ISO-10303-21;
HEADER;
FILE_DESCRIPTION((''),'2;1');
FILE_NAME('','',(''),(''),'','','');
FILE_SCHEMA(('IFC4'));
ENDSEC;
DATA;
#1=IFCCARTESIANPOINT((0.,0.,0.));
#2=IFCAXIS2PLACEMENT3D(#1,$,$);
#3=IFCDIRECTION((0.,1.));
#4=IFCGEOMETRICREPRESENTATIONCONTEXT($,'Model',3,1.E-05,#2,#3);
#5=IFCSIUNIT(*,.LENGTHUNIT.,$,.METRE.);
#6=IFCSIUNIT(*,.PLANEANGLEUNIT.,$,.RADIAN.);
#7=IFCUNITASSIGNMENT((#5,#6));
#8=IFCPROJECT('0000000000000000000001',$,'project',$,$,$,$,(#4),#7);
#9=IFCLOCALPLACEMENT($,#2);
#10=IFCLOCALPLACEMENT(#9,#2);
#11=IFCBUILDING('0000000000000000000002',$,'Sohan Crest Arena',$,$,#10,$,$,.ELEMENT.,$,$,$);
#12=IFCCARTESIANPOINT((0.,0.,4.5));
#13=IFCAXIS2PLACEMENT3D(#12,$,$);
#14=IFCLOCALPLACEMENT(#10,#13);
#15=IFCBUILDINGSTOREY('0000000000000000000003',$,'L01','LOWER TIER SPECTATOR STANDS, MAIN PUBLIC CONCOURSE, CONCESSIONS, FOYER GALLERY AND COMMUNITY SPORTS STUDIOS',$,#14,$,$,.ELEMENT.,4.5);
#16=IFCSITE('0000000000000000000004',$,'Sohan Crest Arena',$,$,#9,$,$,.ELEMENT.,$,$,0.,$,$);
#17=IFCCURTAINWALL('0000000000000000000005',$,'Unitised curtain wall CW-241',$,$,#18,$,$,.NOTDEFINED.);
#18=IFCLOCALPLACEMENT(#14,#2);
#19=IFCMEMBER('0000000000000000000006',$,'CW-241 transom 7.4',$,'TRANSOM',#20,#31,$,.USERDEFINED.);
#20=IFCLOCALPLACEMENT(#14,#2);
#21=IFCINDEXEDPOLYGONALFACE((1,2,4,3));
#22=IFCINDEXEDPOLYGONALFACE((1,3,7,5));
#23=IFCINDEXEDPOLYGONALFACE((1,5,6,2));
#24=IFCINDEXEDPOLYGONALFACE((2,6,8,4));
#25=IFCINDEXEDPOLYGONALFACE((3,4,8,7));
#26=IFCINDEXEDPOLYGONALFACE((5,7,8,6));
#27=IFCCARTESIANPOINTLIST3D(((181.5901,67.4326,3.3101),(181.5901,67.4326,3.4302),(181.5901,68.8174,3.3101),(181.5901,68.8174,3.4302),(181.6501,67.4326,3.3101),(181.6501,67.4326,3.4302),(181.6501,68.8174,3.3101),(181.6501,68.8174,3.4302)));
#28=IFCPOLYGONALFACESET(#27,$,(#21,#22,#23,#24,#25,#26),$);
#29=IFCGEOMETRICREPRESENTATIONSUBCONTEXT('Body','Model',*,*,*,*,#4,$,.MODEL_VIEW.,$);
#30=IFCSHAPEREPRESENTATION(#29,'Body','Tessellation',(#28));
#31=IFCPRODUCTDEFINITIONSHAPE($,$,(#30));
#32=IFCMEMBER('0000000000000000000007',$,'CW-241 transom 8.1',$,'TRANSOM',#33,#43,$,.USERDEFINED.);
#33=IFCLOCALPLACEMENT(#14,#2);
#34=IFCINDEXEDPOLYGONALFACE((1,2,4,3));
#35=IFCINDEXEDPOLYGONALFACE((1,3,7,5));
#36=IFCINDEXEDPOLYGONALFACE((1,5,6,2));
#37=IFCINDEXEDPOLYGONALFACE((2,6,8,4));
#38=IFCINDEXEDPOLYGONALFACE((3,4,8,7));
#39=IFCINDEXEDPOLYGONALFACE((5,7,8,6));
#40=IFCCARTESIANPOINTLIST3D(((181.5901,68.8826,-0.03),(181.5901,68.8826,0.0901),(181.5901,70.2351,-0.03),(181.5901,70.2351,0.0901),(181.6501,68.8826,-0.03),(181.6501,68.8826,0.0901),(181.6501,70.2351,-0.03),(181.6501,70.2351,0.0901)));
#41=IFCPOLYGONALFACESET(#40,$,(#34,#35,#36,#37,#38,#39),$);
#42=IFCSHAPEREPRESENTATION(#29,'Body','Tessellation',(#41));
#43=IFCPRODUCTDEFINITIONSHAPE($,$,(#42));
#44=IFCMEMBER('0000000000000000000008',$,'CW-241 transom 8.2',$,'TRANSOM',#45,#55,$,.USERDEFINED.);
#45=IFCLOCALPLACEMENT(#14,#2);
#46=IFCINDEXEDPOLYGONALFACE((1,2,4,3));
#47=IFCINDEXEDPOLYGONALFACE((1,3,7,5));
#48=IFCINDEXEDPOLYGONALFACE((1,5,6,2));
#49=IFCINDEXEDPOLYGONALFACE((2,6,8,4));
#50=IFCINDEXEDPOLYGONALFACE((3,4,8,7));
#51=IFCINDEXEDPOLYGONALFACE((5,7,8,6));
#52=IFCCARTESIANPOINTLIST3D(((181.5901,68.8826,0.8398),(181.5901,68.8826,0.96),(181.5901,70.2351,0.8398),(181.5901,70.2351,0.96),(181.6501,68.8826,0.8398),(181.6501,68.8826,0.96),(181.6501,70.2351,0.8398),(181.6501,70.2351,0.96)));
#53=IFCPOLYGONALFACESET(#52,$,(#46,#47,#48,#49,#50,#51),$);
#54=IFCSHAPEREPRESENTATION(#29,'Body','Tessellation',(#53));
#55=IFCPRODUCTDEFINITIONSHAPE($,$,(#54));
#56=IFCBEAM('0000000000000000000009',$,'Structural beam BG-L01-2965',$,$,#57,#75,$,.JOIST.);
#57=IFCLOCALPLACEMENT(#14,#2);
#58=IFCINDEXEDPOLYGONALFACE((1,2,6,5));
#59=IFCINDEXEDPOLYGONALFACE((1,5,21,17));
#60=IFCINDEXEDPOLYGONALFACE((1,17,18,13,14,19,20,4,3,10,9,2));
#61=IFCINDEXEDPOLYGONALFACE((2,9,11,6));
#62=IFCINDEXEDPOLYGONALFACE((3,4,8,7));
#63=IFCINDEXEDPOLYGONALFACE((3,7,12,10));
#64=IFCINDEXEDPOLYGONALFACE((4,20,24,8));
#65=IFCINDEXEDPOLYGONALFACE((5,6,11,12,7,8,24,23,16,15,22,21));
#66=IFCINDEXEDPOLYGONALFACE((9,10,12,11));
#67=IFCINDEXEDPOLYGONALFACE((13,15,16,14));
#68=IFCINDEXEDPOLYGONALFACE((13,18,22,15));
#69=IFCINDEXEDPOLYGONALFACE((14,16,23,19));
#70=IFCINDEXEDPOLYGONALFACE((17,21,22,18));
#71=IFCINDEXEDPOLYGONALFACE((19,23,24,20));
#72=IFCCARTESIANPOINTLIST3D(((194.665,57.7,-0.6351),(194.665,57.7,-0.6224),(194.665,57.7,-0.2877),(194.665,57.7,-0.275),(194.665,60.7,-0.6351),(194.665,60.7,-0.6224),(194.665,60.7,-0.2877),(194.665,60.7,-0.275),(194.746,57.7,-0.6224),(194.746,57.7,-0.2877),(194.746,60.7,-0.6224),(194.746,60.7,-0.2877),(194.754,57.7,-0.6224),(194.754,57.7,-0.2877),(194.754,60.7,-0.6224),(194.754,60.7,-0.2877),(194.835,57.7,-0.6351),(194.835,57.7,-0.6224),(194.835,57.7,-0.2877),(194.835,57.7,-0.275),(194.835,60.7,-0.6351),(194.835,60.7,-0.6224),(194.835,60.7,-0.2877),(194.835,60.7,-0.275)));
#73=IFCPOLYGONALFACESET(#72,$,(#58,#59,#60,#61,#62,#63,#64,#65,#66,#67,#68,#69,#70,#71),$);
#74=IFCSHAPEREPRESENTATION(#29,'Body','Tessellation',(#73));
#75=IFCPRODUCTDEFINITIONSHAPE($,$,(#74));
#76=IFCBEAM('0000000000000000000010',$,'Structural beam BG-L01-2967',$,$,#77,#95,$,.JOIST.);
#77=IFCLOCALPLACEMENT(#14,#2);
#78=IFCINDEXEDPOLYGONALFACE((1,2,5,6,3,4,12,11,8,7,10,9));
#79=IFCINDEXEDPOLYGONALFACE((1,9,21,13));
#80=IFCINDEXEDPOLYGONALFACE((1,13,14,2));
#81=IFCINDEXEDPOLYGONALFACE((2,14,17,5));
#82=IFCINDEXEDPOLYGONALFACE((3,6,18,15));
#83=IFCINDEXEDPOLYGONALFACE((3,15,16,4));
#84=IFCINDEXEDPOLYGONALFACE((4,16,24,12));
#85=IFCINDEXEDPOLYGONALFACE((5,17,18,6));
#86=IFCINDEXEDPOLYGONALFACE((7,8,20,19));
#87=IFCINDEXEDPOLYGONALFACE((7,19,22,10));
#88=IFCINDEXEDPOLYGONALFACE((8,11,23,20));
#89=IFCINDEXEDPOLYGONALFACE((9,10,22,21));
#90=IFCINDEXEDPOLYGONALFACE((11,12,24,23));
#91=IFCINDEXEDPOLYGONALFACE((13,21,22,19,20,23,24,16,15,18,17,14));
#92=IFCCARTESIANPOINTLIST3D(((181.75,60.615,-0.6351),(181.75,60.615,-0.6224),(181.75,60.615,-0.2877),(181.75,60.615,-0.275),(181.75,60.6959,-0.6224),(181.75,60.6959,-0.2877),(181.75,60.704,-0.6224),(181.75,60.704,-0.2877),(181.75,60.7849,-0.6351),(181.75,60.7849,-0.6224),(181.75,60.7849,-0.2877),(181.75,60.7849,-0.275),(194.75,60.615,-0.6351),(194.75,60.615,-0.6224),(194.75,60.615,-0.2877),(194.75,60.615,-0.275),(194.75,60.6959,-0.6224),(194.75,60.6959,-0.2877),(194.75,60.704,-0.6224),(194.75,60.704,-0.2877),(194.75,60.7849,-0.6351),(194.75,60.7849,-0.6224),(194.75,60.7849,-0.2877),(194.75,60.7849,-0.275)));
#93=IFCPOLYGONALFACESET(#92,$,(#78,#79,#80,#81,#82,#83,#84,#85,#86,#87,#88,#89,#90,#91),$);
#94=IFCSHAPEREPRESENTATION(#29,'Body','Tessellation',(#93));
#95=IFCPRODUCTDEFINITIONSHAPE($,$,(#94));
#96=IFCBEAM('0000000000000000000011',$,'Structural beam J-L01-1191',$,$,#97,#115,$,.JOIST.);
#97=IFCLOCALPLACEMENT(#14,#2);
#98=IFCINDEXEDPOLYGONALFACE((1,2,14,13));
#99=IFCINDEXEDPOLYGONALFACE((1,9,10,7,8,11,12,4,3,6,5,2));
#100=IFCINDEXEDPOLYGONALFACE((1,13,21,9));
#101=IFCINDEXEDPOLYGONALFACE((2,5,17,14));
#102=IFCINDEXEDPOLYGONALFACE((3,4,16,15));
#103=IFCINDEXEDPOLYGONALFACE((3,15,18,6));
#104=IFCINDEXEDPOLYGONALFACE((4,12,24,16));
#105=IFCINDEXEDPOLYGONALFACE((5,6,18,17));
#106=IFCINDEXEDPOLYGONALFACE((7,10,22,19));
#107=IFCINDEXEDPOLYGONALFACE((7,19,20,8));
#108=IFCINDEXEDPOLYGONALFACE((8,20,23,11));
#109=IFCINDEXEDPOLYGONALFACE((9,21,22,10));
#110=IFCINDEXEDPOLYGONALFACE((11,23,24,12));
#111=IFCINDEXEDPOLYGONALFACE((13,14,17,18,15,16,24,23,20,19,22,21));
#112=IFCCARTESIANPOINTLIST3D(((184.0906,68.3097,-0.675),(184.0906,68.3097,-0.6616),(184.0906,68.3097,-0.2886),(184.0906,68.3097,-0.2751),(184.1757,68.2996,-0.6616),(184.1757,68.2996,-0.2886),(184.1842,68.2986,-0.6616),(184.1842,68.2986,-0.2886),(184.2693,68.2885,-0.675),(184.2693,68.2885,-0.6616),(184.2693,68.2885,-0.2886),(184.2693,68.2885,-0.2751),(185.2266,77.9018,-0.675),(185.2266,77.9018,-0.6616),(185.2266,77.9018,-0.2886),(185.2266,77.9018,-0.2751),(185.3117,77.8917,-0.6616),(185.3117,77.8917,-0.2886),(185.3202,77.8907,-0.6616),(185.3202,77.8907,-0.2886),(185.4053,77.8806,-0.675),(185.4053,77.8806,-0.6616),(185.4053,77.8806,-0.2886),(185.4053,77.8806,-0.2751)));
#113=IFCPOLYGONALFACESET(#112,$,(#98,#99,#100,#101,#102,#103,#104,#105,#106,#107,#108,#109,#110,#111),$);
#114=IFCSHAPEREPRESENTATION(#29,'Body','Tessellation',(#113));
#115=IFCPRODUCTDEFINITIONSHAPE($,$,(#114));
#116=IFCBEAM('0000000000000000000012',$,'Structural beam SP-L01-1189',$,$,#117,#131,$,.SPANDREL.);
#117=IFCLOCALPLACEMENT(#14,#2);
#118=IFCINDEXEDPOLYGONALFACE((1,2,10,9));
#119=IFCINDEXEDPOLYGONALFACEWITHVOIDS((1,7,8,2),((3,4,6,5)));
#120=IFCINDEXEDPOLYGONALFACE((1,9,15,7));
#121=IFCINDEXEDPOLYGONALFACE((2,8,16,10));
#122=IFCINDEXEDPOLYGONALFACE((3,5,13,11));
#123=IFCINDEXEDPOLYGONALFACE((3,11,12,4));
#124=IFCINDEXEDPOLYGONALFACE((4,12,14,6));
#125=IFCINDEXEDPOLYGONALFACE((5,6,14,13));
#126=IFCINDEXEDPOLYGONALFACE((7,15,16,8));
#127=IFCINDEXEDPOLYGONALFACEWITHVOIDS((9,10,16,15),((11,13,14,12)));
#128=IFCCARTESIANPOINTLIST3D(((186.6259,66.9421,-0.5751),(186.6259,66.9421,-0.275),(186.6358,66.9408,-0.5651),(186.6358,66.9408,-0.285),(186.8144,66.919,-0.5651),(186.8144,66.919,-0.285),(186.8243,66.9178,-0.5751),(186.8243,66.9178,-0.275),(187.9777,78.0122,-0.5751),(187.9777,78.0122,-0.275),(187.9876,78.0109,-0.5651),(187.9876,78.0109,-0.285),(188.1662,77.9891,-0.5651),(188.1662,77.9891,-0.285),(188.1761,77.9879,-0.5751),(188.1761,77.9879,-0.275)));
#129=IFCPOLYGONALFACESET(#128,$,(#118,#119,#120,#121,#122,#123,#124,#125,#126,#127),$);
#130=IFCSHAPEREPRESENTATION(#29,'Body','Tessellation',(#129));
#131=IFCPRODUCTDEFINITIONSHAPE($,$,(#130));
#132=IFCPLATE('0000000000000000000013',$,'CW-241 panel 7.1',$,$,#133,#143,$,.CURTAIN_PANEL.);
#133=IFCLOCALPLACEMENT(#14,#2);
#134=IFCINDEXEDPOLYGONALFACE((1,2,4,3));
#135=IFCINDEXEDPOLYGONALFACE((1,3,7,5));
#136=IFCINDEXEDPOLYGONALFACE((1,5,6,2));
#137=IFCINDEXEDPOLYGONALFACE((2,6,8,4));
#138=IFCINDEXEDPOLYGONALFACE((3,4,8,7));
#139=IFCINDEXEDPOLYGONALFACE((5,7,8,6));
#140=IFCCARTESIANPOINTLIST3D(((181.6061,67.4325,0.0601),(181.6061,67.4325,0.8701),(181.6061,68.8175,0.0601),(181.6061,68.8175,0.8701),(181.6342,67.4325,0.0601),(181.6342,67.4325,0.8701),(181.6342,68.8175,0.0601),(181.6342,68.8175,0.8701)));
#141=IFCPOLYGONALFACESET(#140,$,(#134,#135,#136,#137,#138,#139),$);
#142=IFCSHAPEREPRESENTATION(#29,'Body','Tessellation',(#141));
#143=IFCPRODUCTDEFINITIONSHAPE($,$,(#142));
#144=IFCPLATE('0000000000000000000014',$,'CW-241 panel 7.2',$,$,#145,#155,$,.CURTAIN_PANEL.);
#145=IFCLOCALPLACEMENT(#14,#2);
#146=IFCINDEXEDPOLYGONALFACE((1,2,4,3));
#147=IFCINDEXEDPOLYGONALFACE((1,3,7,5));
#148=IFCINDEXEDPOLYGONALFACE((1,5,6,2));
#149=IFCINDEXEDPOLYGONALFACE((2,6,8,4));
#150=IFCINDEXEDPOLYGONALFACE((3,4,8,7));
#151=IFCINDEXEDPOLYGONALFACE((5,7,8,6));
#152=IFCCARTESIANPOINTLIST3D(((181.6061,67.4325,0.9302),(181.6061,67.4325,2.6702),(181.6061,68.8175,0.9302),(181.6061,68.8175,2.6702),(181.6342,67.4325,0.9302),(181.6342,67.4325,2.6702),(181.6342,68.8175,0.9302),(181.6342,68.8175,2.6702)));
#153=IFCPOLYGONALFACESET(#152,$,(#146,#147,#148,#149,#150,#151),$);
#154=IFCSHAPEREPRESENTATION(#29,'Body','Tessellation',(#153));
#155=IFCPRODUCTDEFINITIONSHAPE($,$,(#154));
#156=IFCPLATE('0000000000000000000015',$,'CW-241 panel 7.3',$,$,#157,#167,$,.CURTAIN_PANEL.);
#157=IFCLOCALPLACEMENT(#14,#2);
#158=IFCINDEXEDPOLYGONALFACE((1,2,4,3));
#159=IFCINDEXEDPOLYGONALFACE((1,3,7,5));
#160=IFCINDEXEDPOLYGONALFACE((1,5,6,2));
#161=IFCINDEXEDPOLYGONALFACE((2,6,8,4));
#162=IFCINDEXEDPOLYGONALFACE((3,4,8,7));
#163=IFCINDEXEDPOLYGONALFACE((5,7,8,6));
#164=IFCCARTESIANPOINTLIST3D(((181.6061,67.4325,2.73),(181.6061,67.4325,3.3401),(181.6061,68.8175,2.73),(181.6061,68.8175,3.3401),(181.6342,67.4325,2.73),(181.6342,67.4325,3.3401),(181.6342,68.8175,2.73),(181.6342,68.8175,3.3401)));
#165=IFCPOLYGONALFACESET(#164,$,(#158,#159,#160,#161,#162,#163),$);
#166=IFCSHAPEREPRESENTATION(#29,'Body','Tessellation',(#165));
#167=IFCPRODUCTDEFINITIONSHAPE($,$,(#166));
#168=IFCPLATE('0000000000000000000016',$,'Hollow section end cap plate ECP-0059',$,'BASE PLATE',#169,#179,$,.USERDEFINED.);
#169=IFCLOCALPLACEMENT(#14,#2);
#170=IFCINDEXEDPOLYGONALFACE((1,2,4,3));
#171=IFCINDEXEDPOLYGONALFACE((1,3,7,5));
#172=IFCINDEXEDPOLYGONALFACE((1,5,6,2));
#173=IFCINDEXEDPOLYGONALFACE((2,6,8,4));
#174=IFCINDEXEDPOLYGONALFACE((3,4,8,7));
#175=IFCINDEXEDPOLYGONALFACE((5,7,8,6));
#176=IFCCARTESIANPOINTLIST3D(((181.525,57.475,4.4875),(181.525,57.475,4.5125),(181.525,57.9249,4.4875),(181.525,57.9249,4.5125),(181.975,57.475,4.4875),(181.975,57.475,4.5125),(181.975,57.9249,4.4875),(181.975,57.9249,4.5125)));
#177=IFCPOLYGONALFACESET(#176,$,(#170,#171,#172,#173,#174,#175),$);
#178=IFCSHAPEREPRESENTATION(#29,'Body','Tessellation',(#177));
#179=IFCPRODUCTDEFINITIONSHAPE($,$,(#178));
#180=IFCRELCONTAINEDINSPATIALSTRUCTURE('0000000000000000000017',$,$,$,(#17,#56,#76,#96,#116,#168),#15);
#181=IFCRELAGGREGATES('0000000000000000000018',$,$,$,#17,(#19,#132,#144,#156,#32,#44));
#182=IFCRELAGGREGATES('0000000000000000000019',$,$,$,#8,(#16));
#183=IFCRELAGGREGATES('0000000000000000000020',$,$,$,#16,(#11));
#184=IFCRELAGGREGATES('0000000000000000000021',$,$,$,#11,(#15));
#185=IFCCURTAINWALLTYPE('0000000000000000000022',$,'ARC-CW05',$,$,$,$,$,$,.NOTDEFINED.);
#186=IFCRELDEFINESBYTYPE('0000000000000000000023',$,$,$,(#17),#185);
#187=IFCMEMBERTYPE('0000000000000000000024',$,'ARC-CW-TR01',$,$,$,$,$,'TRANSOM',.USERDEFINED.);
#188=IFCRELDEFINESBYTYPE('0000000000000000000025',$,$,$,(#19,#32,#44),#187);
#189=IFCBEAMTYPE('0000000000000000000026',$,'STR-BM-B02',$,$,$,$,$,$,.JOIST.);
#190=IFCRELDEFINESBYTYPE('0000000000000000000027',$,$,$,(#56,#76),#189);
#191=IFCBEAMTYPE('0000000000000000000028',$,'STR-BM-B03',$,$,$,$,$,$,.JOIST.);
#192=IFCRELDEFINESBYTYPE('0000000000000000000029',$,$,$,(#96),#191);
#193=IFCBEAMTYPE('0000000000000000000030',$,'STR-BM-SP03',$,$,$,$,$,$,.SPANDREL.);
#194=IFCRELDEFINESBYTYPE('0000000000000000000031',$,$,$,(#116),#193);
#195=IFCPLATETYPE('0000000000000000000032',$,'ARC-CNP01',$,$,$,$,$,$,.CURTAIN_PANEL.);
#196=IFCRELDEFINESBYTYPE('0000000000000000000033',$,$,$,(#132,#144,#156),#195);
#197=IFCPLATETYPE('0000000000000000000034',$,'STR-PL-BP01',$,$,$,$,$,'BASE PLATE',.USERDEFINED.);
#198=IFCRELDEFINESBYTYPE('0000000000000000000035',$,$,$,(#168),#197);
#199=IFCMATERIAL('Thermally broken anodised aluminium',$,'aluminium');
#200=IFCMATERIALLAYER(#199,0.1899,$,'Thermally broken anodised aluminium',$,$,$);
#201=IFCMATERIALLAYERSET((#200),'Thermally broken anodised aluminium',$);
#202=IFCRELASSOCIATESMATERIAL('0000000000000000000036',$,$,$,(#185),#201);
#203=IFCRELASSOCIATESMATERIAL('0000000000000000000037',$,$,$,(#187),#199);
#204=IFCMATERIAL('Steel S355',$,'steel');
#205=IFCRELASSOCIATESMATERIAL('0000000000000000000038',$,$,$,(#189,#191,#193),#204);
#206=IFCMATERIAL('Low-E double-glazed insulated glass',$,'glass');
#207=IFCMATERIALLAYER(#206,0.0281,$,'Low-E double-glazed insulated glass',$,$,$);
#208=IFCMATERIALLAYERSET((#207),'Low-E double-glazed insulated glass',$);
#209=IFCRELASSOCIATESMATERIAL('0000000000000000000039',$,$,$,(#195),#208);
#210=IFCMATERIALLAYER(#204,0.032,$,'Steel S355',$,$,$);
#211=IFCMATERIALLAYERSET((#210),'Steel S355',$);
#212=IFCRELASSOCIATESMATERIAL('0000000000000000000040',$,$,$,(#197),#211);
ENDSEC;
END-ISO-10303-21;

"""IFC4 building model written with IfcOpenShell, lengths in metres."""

from ifc_helpers import new_model, si_unit, direction, frame, origin, origin_2d, place, context, subcontext, project, spatial, rectangle, hollow_rectangle, i_section, extrude, material, layer, layer_set, material_profile, profile_set, type_object, element, aggregate, save


model = new_model("IFC4")

# Units and contexts
model_context = context("Model", 3, precision=1e-05, world=origin(), true_north=direction((0.0, 1.0)))
body_context = subcontext(model_context, "Body", "Model", "MODEL_VIEW")
ifc_project = project(units=[si_unit("LENGTHUNIT", "METRE"), si_unit("PLANEANGLEUNIT", "RADIAN")], contexts=[model_context])

# Site, building, storey
site_placement = place(None, origin())
site = spatial("IfcSite", under=ifc_project, at=site_placement, Name="Sohan Crest Arena", CompositionType="ELEMENT", RefElevation=0.0)
building_placement = place(site_placement, origin())
building = spatial("IfcBuilding", under=site, at=building_placement, Name="Sohan Crest Arena", CompositionType="ELEMENT")
storey_placement = place(building_placement, frame((0.0, 0.0, 4.5)))
storey = spatial("IfcBuildingStorey", under=building, at=storey_placement, Name="L01", Description="LOWER TIER SPECTATOR STANDS, MAIN PUBLIC CONCOURSE, CONCESSIONS, FOYER GALLERY AND COMMUNITY SPORTS STUDIOS", CompositionType="ELEMENT", Elevation=4.5)

# Shared definitions
ifc_material_1 = material(Name="Steel S355", Category="steel")

# Curtain wall, members
ifc_material_2 = material(Name="Thermally broken anodised aluminium", Category="aluminium")
ifc_layer_1 = layer(ifc_material_2, 0.1899, Name="Thermally broken anodised aluminium")
ifc_layer_set_1 = layer_set([ifc_layer_1], Name="Thermally broken anodised aluminium")
curtain_wall_type = type_object("IfcCurtainWallType", Name="ARC-CW05", PredefinedType="NOTDEFINED", material=ifc_layer_set_1)
curtain_wall_placement = place(storey_placement, origin())
curtain_wall = element("IfcCurtainWall", 1, at=curtain_wall_placement, inside=storey, type_object=curtain_wall_type, Name="Unitised curtain wall CW-241", PredefinedType="NOTDEFINED")
ifc_material_profile_1 = material_profile(ifc_material_2, rectangle(XDim=0.0601, YDim=0.1201, at=origin_2d()), Name="ALU-TRAN 60x120")
ifc_profile_set_1 = profile_set([ifc_material_profile_1], Name="Thermally broken anodised aluminium")
member_type_1 = type_object("IfcMemberType", Name="ARC-CW-TR01", ElementType="TRANSOM", PredefinedType="USERDEFINED", material=ifc_profile_set_1)
member_1_placement = place(storey_placement, frame((181.6201, 67.4326, 3.3701), z_axis=(0.0, 1.0, 0.0), x_axis=(-1.0, 0.0, 0.0)))
member_1 = element("IfcMember", 2, at=member_1_placement, type_object=member_type_1, Name="CW-241 transom 7.4", ObjectType="TRANSOM", PredefinedType="USERDEFINED", context=body_context, shape_type="SweptSolid", body=[
    extrude(rectangle(XDim=0.0601, YDim=0.1201, at=origin_2d()), origin(), (0.0, 0.0, 1.0), 1.3848),
])
member_2_placement = place(storey_placement, frame((181.6201, 68.8826, 0.03), z_axis=(0.0, 1.0, 0.0), x_axis=(-1.0, 0.0, 0.0)))
member_2 = element("IfcMember", 3, at=member_2_placement, type_object=member_type_1, Name="CW-241 transom 8.1", ObjectType="TRANSOM", PredefinedType="USERDEFINED", context=body_context, shape_type="SweptSolid", body=[
    extrude(rectangle(XDim=0.0601, YDim=0.1201, at=origin_2d()), origin(), (0.0, 0.0, 1.0), 1.3525),
])
member_3_placement = place(storey_placement, frame((181.6201, 68.8826, 0.8999), z_axis=(0.0, 1.0, 0.0), x_axis=(-1.0, 0.0, 0.0)))
member_3 = element("IfcMember", 4, at=member_3_placement, type_object=member_type_1, Name="CW-241 transom 8.2", ObjectType="TRANSOM", PredefinedType="USERDEFINED", context=body_context, shape_type="SweptSolid", body=[
    extrude(rectangle(XDim=0.0601, YDim=0.1201, at=origin_2d()), origin(), (0.0, 0.0, 1.0), 1.3525),
])

# Beams
ifc_material_profile_2 = material_profile(ifc_material_1, i_section(OverallWidth=0.1699, OverallDepth=0.3601, WebThickness=0.0081, FlangeThickness=0.0127, at=origin_2d()), Name="IPE 360")
ifc_profile_set_2 = profile_set([ifc_material_profile_2], Name="Steel S355")
beam_type_1 = type_object("IfcBeamType", Name="STR-BM-B02", PredefinedType="JOIST", material=ifc_profile_set_2)
beam_1_placement = place(storey_placement, frame((194.75, 57.7, -0.4551), z_axis=(0.0, 1.0, 0.0), x_axis=(-1.0, 0.0, 0.0)))
element("IfcBeam", 5, at=beam_1_placement, inside=storey, type_object=beam_type_1, Name="Structural beam BG-L01-2965", PredefinedType="JOIST", context=body_context, shape_type="SweptSolid", body=[
    extrude(i_section(OverallWidth=0.1699, OverallDepth=0.3601, WebThickness=0.0081, FlangeThickness=0.0127, at=origin_2d()), origin(), (0.0, 0.0, 1.0), 3.0),
])
beam_2_placement = place(storey_placement, frame((181.75, 60.7, -0.4551), z_axis=(1.0, 0.0, 0.0), x_axis=(0.0, 1.0, 0.0)))
element("IfcBeam", 6, at=beam_2_placement, inside=storey, type_object=beam_type_1, Name="Structural beam BG-L01-2967", PredefinedType="JOIST", context=body_context, shape_type="SweptSolid", body=[
    extrude(i_section(OverallWidth=0.1699, OverallDepth=0.3601, WebThickness=0.0081, FlangeThickness=0.0127, at=origin_2d()), origin(), (0.0, 0.0, 1.0), 13.0),
])
ifc_material_profile_3 = material_profile(ifc_material_1, i_section(OverallWidth=0.1799, OverallDepth=0.3999, WebThickness=0.0085, FlangeThickness=0.0134, at=origin_2d()), Name="IPE 400")
ifc_profile_set_3 = profile_set([ifc_material_profile_3], Name="Steel S355")
beam_type_2 = type_object("IfcBeamType", Name="STR-BM-B03", PredefinedType="JOIST", material=ifc_profile_set_3)
beam_3_placement = place(storey_placement, frame((184.1799, 68.2991, -0.4751), z_axis=(0.117608, 0.99306, 0.0), x_axis=(-0.99306, 0.117608, 0.0)))
element("IfcBeam", 7, at=beam_3_placement, inside=storey, type_object=beam_type_2, Name="Structural beam J-L01-1191", PredefinedType="JOIST", context=body_context, shape_type="SweptSolid", body=[
    extrude(i_section(OverallWidth=0.1799, OverallDepth=0.3999, WebThickness=0.0085, FlangeThickness=0.0134, at=origin_2d()), origin(), (0.0, 0.0, 1.0), 9.6592),
])
ifc_material_profile_4 = material_profile(ifc_material_1, hollow_rectangle(XDim=0.2, YDim=0.3, WallThickness=0.01, at=origin_2d()), Name="RHS 300x200x10")
ifc_profile_set_4 = profile_set([ifc_material_profile_4], Name="Steel S355")
beam_type_3 = type_object("IfcBeamType", Name="STR-BM-SP03", PredefinedType="SPANDREL", material=ifc_profile_set_4)
beam_4_placement = place(storey_placement, frame((186.7251, 66.9299, -0.425), z_axis=(0.121213, 0.992626, 0.0), x_axis=(-0.992626, 0.121213, 0.0)))
element("IfcBeam", 8, at=beam_4_placement, inside=storey, type_object=beam_type_3, Name="Structural beam SP-L01-1189", PredefinedType="SPANDREL", context=body_context, shape_type="SweptSolid", body=[
    extrude(hollow_rectangle(XDim=0.2, YDim=0.3, WallThickness=0.01, at=origin_2d()), origin(), (0.0, 0.0, 1.0), 11.1523),
])

# Plates
ifc_material_3 = material(Name="Low-E double-glazed insulated glass", Category="glass")
ifc_layer_2 = layer(ifc_material_3, 0.0281, Name="Low-E double-glazed insulated glass")
ifc_layer_set_2 = layer_set([ifc_layer_2], Name="Low-E double-glazed insulated glass")
plate_type_1 = type_object("IfcPlateType", Name="ARC-CNP01", PredefinedType="CURTAIN_PANEL", material=ifc_layer_set_2)
plate_1_placement = place(storey_placement, frame((181.6201, 68.125, 0.0601), z_axis=(0.0, 0.0, 1.0), x_axis=(0.0, 1.0, 0.0)))
plate_1 = element("IfcPlate", 9, at=plate_1_placement, type_object=plate_type_1, Name="CW-241 panel 7.1", PredefinedType="CURTAIN_PANEL", context=body_context, shape_type="SweptSolid", body=[
    extrude(rectangle(XDim=1.385, YDim=0.0281, at=origin_2d()), origin(), (0.0, 0.0, 1.0), 0.8101),
])
plate_2_placement = place(storey_placement, frame((181.6201, 68.125, 0.9302), z_axis=(0.0, 0.0, 1.0), x_axis=(0.0, 1.0, 0.0)))
plate_2 = element("IfcPlate", 10, at=plate_2_placement, type_object=plate_type_1, Name="CW-241 panel 7.2", PredefinedType="CURTAIN_PANEL", context=body_context, shape_type="SweptSolid", body=[
    extrude(rectangle(XDim=1.385, YDim=0.0281, at=origin_2d()), origin(), (0.0, 0.0, 1.0), 1.74),
])
plate_3_placement = place(storey_placement, frame((181.6201, 68.125, 2.73), z_axis=(0.0, 0.0, 1.0), x_axis=(0.0, 1.0, 0.0)))
plate_3 = element("IfcPlate", 11, at=plate_3_placement, type_object=plate_type_1, Name="CW-241 panel 7.3", PredefinedType="CURTAIN_PANEL", context=body_context, shape_type="SweptSolid", body=[
    extrude(rectangle(XDim=1.385, YDim=0.0281, at=origin_2d()), origin(), (0.0, 0.0, 1.0), 0.6101),
])
aggregate(curtain_wall, [member_1, plate_1, plate_2, plate_3, member_2, member_3])

# Plate
ifc_layer_3 = layer(ifc_material_1, 0.032, Name="Steel S355")
ifc_layer_set_3 = layer_set([ifc_layer_3], Name="Steel S355")
plate_type_2 = type_object("IfcPlateType", Name="STR-PL-BP01", ElementType="BASE PLATE", PredefinedType="USERDEFINED", material=ifc_layer_set_3)
for number, where, z_axis, x_axis, name in (
    (12, (181.75, 57.7, 4.4875), (0.0, 0.0, 1.0), (1.0, 0.0, 0.0), "Hollow section end cap plate ECP-0059"),
):
    element("IfcPlate", number, at=place(storey_placement, frame(where, z_axis=z_axis, x_axis=x_axis)), inside=storey, type_object=plate_type_2, Name=name, ObjectType="BASE PLATE", PredefinedType="USERDEFINED", context=body_context, shape_type="SweptSolid", body=[
        extrude(rectangle(XDim=0.45, YDim=0.45, at=origin_2d()), origin(), (0.0, 0.0, 1.0), 0.0249),
    ])

save(model, "model.ifc")
